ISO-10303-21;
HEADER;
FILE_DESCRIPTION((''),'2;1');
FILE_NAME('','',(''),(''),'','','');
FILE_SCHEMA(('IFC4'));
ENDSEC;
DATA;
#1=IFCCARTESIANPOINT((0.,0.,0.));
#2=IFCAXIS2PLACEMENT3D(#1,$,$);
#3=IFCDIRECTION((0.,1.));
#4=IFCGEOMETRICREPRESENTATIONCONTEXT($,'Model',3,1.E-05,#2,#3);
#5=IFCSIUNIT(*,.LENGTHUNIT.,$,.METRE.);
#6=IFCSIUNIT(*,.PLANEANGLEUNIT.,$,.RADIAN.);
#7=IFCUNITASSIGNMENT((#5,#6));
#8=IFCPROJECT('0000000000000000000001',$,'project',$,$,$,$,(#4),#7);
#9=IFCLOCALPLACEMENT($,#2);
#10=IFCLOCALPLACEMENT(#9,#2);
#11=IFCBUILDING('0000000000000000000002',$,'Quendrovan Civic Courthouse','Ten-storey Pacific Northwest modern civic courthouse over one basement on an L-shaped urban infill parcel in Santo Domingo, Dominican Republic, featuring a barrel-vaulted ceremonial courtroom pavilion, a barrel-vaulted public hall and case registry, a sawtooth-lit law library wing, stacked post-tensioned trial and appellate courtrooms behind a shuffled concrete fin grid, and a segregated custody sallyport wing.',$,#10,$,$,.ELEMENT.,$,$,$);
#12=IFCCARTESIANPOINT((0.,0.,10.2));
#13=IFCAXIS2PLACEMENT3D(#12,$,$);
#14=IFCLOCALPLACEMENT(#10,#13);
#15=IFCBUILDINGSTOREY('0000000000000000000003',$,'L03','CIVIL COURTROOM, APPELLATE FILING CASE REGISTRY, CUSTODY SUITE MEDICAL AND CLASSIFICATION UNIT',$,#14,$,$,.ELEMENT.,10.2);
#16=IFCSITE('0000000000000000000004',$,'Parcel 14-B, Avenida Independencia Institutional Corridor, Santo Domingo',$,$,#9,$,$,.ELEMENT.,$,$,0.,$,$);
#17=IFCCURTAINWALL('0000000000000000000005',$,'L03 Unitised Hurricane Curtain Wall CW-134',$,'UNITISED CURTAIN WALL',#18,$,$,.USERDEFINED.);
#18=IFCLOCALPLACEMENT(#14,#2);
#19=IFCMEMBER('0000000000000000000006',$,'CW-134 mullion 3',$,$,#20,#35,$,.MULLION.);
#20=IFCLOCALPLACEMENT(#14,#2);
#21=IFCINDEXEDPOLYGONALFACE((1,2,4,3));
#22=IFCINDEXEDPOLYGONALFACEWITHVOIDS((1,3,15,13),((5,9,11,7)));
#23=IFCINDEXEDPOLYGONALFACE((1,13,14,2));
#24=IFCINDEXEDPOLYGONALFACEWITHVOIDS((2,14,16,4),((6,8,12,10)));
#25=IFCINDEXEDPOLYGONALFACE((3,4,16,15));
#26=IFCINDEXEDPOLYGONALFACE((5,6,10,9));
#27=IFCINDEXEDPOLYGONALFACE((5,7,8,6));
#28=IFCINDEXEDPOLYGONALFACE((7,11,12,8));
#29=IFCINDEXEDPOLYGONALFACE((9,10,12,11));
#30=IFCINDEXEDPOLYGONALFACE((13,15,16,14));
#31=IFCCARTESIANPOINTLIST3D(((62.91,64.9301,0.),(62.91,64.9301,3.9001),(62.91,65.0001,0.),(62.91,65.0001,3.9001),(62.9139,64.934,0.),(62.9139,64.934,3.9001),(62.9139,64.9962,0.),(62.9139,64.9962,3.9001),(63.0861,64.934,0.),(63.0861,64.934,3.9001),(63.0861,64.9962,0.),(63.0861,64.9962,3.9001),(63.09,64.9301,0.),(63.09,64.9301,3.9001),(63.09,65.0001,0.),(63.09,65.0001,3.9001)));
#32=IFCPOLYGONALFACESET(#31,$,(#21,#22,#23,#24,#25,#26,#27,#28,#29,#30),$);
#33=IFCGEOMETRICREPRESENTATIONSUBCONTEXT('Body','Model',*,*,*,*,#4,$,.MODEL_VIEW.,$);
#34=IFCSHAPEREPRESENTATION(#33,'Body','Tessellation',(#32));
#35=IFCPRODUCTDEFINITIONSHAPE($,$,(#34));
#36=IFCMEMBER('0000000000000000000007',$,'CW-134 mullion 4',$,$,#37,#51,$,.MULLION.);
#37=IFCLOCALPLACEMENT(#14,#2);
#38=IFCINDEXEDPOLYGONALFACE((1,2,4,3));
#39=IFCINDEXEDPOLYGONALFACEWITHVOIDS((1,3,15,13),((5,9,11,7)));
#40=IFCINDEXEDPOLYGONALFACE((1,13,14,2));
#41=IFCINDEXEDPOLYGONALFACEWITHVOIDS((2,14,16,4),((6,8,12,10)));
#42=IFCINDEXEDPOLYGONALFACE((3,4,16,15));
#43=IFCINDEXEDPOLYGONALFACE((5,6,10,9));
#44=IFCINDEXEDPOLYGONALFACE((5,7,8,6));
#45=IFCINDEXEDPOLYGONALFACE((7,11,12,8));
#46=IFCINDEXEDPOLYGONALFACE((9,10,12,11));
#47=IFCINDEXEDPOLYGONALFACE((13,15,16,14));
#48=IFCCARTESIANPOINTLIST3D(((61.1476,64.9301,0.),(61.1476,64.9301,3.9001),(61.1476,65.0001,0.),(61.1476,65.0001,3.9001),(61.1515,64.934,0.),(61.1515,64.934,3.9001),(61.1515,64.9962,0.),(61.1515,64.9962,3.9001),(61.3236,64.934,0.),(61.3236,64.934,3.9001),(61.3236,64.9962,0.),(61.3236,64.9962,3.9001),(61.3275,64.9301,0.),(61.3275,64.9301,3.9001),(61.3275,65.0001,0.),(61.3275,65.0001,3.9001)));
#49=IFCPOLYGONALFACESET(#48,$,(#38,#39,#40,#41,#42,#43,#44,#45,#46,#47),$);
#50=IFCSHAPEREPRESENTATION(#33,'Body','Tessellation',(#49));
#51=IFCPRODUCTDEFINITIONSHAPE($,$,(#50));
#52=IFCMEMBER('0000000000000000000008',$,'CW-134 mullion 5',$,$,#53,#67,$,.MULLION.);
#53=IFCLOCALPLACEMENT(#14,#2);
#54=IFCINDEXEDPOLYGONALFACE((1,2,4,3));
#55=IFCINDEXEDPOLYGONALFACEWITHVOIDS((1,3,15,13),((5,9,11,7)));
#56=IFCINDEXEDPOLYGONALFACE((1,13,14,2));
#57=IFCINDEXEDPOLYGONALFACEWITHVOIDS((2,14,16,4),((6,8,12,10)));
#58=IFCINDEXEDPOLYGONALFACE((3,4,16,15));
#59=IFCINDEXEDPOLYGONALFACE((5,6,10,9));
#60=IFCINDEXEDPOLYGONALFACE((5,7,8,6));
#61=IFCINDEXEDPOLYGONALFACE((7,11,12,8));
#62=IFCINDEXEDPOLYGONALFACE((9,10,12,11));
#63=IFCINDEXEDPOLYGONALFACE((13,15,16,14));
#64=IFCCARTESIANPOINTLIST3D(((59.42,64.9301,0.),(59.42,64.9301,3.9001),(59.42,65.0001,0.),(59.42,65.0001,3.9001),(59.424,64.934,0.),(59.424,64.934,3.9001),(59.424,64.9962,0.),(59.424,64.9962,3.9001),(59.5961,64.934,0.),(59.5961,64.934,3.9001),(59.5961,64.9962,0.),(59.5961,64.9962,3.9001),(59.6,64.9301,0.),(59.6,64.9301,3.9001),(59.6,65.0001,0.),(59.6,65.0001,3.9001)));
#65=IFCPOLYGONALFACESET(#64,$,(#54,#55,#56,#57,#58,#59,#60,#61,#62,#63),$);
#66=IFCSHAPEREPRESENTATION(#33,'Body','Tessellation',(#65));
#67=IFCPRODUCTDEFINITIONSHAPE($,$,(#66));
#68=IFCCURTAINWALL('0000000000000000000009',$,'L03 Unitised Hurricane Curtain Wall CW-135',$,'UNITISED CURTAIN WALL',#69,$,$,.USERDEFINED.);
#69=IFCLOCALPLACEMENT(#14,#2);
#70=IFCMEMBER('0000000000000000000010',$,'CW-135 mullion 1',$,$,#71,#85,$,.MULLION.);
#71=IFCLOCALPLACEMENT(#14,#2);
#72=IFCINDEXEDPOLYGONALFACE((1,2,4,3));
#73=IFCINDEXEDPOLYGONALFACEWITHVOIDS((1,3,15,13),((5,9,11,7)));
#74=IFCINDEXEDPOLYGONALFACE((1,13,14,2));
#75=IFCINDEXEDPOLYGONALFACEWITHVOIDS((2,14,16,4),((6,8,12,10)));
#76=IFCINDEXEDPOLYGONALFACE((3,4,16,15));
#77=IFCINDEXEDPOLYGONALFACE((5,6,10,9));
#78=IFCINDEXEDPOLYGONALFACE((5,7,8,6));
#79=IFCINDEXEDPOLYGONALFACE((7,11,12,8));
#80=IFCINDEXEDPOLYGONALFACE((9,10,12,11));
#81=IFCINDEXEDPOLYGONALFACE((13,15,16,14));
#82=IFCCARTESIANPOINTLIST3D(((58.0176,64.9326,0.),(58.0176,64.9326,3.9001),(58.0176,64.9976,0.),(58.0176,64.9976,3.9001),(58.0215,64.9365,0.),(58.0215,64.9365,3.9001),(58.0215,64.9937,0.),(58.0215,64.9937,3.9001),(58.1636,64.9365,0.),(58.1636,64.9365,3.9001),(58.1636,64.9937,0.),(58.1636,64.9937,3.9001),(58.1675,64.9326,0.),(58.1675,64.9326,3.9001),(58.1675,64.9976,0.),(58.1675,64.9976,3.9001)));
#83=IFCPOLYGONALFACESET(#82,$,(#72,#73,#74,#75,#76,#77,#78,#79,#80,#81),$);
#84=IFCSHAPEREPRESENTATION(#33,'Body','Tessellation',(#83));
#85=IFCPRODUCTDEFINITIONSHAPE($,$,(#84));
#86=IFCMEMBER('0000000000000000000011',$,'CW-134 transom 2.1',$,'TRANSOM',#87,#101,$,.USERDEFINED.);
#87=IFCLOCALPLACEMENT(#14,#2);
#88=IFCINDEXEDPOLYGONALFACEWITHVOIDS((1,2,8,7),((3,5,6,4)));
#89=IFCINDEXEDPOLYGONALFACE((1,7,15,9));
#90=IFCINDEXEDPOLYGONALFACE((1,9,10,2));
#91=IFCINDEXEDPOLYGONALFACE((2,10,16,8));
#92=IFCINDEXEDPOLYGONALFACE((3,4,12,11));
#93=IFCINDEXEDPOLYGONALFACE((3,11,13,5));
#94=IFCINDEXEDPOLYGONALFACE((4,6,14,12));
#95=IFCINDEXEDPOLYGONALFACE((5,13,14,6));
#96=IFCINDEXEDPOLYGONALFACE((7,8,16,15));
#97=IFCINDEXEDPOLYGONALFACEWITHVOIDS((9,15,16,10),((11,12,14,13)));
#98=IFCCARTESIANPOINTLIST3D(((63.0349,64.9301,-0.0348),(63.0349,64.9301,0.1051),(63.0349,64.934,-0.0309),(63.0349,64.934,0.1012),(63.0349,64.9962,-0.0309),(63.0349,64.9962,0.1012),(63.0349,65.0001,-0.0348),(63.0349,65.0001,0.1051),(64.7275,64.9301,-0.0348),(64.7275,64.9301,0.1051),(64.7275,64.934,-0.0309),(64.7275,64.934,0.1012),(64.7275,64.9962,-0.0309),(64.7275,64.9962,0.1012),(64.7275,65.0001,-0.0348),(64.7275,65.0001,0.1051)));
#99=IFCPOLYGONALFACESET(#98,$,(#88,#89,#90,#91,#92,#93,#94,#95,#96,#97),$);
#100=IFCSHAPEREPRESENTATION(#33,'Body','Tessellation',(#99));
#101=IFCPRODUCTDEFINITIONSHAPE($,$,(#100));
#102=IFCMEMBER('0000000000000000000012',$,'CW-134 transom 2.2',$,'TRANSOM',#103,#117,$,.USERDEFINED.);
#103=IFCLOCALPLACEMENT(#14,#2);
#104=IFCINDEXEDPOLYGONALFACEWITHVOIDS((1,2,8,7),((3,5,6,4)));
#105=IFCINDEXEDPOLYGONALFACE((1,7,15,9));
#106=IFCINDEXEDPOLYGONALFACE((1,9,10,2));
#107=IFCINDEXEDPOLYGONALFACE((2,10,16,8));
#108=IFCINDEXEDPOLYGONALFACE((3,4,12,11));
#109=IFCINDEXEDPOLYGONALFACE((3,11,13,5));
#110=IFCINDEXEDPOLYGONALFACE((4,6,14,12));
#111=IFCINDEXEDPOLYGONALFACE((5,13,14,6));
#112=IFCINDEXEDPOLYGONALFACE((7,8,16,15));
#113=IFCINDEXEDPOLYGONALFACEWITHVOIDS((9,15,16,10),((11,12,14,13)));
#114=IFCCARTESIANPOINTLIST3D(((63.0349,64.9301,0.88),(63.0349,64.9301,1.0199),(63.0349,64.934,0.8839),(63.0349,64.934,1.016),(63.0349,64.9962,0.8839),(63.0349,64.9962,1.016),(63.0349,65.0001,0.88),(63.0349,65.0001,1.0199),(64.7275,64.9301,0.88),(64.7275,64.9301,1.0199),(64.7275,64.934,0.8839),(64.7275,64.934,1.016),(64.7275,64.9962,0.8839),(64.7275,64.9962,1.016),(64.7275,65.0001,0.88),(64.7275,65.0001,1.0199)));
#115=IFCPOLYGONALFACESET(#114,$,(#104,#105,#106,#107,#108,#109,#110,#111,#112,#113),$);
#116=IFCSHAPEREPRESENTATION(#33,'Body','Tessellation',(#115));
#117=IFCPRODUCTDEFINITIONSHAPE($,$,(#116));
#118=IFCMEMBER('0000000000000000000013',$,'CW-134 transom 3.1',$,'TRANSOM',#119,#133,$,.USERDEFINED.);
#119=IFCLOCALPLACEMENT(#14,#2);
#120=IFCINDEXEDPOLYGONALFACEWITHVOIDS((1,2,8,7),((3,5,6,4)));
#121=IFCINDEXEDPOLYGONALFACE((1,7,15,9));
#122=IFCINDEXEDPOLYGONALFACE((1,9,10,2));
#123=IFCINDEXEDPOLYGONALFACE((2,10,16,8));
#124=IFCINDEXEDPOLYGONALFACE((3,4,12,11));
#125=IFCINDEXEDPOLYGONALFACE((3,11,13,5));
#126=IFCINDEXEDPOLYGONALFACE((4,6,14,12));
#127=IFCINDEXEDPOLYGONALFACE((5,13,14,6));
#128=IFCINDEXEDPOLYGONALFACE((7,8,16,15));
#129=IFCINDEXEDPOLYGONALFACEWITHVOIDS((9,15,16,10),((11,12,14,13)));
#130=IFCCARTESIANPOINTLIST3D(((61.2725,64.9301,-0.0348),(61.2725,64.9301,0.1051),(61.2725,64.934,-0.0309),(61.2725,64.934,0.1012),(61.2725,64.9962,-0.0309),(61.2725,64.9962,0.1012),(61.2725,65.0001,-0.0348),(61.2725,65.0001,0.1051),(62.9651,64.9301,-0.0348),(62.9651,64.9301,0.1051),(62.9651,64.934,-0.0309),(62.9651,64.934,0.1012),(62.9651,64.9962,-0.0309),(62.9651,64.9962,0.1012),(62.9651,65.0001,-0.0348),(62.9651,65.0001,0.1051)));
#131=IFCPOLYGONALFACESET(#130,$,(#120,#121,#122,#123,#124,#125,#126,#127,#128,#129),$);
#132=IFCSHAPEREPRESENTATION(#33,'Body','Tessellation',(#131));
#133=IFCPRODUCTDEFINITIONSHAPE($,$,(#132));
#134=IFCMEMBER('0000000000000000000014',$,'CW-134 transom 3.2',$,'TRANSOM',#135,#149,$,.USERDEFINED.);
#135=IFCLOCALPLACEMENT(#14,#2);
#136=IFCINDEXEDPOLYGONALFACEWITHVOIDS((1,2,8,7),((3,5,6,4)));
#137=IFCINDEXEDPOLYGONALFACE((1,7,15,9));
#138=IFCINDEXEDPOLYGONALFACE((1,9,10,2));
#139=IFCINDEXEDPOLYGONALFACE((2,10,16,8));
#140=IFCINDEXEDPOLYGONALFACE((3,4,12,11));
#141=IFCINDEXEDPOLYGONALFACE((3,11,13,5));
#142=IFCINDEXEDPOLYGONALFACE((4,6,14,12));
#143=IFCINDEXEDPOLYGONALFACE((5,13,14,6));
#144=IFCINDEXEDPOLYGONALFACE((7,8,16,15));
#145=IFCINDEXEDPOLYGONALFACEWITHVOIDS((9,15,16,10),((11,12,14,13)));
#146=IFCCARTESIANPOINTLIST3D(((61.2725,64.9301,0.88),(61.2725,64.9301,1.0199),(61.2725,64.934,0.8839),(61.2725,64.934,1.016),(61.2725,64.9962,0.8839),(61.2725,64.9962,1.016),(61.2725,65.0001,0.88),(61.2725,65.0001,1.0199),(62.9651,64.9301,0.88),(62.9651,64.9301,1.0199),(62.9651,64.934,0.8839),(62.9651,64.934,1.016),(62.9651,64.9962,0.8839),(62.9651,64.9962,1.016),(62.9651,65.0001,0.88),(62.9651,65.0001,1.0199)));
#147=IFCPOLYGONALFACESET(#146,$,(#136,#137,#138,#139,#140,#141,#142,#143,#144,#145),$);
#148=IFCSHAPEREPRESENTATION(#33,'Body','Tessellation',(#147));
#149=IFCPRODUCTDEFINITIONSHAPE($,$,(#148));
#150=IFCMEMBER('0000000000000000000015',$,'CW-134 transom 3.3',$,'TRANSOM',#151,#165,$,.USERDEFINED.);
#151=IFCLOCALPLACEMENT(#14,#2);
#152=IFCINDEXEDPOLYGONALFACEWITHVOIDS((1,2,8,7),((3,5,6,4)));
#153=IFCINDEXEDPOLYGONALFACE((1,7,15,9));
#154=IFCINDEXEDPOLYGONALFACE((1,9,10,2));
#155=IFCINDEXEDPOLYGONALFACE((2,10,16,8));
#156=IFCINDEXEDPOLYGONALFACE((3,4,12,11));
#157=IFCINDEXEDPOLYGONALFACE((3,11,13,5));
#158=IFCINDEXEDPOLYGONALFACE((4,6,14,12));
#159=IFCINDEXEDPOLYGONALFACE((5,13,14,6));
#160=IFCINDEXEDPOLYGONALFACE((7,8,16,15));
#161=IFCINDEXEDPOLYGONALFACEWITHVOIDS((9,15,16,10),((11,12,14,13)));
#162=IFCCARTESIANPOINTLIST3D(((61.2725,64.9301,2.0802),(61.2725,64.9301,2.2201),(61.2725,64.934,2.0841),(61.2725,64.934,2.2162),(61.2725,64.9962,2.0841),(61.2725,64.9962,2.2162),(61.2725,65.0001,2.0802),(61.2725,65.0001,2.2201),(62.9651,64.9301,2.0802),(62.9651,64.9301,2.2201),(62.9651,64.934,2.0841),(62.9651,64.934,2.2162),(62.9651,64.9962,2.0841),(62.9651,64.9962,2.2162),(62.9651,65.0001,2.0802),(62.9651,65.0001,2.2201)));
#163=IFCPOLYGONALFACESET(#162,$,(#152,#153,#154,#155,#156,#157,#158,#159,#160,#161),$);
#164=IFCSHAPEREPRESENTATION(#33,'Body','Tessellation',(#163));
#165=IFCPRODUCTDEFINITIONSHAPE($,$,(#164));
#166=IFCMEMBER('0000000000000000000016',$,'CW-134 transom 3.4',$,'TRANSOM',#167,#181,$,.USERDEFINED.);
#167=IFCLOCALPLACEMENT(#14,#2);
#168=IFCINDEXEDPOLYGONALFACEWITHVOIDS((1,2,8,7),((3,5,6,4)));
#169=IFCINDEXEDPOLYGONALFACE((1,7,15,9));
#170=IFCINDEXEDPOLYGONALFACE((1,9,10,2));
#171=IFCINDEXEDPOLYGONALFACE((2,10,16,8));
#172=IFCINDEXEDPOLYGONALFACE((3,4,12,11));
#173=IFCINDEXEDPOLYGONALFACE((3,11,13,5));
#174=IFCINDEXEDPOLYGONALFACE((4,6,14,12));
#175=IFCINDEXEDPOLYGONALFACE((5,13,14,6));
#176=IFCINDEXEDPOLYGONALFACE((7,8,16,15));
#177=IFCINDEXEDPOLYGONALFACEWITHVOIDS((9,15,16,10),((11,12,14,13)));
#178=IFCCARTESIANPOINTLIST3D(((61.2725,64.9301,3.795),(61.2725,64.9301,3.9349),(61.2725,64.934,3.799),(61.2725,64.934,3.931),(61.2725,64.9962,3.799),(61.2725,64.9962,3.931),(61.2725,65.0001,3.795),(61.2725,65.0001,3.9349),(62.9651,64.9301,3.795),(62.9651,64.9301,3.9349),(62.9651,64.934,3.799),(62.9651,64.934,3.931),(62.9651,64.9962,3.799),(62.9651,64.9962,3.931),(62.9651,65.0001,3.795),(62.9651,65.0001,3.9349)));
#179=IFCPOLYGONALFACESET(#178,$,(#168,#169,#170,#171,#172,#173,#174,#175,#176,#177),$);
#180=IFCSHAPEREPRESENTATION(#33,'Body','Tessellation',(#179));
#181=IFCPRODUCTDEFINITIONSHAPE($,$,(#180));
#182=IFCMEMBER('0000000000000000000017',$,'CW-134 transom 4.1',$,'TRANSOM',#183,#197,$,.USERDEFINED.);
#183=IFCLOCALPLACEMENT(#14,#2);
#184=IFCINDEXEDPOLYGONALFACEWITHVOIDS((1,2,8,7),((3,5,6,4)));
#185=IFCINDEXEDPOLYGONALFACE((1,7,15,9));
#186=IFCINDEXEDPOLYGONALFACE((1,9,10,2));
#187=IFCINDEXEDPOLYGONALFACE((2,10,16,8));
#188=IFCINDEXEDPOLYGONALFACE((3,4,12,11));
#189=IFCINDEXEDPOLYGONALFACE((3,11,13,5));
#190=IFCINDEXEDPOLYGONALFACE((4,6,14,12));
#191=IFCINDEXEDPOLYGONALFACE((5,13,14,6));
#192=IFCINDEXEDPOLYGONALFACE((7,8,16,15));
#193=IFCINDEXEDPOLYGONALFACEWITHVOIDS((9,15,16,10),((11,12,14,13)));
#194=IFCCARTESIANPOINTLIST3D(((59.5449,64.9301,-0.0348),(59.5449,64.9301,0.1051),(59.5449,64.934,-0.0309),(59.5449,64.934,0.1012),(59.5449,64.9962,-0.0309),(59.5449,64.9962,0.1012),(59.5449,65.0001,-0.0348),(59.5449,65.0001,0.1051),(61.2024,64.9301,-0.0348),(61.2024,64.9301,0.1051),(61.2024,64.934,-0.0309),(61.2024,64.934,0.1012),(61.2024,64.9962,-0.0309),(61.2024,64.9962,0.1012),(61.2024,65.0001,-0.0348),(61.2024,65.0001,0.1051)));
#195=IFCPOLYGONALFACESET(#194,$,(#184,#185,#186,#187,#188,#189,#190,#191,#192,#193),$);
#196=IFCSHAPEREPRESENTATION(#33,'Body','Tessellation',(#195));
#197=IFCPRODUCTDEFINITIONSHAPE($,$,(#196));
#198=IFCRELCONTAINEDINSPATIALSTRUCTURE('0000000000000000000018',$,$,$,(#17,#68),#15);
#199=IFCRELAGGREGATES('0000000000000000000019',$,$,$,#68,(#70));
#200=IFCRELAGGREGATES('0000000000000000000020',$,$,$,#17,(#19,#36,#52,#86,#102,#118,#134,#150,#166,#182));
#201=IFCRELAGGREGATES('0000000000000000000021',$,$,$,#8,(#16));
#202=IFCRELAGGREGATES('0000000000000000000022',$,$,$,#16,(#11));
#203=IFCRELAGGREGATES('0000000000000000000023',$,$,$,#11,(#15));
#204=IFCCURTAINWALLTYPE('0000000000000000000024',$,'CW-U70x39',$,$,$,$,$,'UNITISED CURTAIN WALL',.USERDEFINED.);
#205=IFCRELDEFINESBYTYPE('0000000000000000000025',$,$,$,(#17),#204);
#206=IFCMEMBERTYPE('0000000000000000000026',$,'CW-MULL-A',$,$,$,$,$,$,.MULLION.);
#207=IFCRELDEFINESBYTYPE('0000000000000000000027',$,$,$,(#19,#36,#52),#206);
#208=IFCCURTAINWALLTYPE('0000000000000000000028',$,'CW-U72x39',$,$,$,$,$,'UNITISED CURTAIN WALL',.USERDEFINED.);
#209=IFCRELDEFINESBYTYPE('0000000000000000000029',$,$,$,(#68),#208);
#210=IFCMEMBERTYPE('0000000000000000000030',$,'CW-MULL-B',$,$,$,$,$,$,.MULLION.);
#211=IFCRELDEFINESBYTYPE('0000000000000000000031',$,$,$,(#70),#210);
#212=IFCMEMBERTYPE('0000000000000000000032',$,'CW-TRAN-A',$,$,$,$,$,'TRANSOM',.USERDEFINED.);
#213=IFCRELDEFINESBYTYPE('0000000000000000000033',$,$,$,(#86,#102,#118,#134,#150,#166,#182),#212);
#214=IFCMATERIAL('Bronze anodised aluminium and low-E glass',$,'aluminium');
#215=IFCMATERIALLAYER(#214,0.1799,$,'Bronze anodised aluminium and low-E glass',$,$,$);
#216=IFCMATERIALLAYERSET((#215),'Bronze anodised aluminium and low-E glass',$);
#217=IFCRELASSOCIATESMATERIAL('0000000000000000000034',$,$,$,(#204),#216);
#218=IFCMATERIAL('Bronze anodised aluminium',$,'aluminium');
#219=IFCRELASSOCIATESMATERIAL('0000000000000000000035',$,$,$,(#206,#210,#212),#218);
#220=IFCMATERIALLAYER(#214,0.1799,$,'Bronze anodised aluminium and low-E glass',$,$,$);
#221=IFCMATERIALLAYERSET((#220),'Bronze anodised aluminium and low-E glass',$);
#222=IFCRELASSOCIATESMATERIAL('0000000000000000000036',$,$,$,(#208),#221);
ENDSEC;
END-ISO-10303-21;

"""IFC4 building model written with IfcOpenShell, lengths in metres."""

from ifc_helpers import new_model, si_unit, direction, frame, origin, origin_2d, place, context, subcontext, project, spatial, hollow_rectangle, extrude, material, layer, layer_set, material_profile, profile_set, type_object, element, aggregate, save


model = new_model("IFC4")

# Units and contexts
model_context = context("Model", 3, precision=1e-05, world=origin(), true_north=direction((0.0, 1.0)))
body_context = subcontext(model_context, "Body", "Model", "MODEL_VIEW")
ifc_project = project(units=[si_unit("LENGTHUNIT", "METRE"), si_unit("PLANEANGLEUNIT", "RADIAN")], contexts=[model_context])

# Site, building, storey
site_placement = place(None, origin())
site = spatial("IfcSite", under=ifc_project, at=site_placement, Name="Parcel 14-B, Avenida Independencia Institutional Corridor, Santo Domingo", CompositionType="ELEMENT", RefElevation=0.0)
building_placement = place(site_placement, origin())
building = spatial("IfcBuilding", under=site, at=building_placement, Name="Quendrovan Civic Courthouse", Description="Ten-storey Pacific Northwest modern civic courthouse over one basement on an L-shaped urban infill parcel in Santo Domingo, Dominican Republic, featuring a barrel-vaulted ceremonial courtroom pavilion, a barrel-vaulted public hall and case registry, a sawtooth-lit law library wing, stacked post-tensioned trial and appellate courtrooms behind a shuffled concrete fin grid, and a segregated custody sallyport wing.", CompositionType="ELEMENT")
storey_placement = place(building_placement, frame((0.0, 0.0, 10.2)))
storey = spatial("IfcBuildingStorey", under=building, at=storey_placement, Name="L03", Description="CIVIL COURTROOM, APPELLATE FILING CASE REGISTRY, CUSTODY SUITE MEDICAL AND CLASSIFICATION UNIT", CompositionType="ELEMENT", Elevation=10.2)

# Curtain wall, members
ifc_material_1 = material(Name="Bronze anodised aluminium and low-E glass", Category="aluminium")
ifc_layer_1 = layer(ifc_material_1, 0.1799, Name="Bronze anodised aluminium and low-E glass")
ifc_layer_set_1 = layer_set([ifc_layer_1], Name="Bronze anodised aluminium and low-E glass")
curtain_wall_type_1 = type_object("IfcCurtainWallType", Name="CW-U70x39", ElementType="UNITISED CURTAIN WALL", PredefinedType="USERDEFINED", material=ifc_layer_set_1)
curtain_wall_1_placement = place(storey_placement, origin())
curtain_wall_1 = element("IfcCurtainWall", 1, at=curtain_wall_1_placement, inside=storey, type_object=curtain_wall_type_1, Name="L03 Unitised Hurricane Curtain Wall CW-134", ObjectType="UNITISED CURTAIN WALL", PredefinedType="USERDEFINED")
ifc_material_2 = material(Name="Bronze anodised aluminium", Category="aluminium")
ifc_material_profile_1 = material_profile(ifc_material_2, hollow_rectangle(XDim=0.0701, YDim=0.1799, WallThickness=0.0039, at=origin_2d()), Name="CW-MULL-70x180")
ifc_profile_set_1 = profile_set([ifc_material_profile_1], Name="Bronze anodised aluminium")
member_type_1 = type_object("IfcMemberType", Name="CW-MULL-A", PredefinedType="MULLION", material=ifc_profile_set_1)
member_1_placement = place(storey_placement, frame((63.0, 64.9651, 0.0), z_axis=(0.0, 0.0, 1.0), x_axis=(0.0, -1.0, 0.0)))
member_1 = element("IfcMember", 2, at=member_1_placement, type_object=member_type_1, Name="CW-134 mullion 3", PredefinedType="MULLION", context=body_context, shape_type="SweptSolid", body=[
    extrude(hollow_rectangle(XDim=0.0701, YDim=0.1799, WallThickness=0.0039, at=origin_2d()), origin(), (0.0, 0.0, 1.0), 3.9001),
])
member_2_placement = place(storey_placement, frame((61.2375, 64.9651, 0.0), z_axis=(0.0, 0.0, 1.0), x_axis=(0.0, -1.0, 0.0)))
member_2 = element("IfcMember", 3, at=member_2_placement, type_object=member_type_1, Name="CW-134 mullion 4", PredefinedType="MULLION", context=body_context, shape_type="SweptSolid", body=[
    extrude(hollow_rectangle(XDim=0.0701, YDim=0.1799, WallThickness=0.0039, at=origin_2d()), origin(), (0.0, 0.0, 1.0), 3.9001),
])
member_3_placement = place(storey_placement, frame((59.51, 64.9651, 0.0), z_axis=(0.0, 0.0, 1.0), x_axis=(0.0, -1.0, 0.0)))
member_3 = element("IfcMember", 4, at=member_3_placement, type_object=member_type_1, Name="CW-134 mullion 5", PredefinedType="MULLION", context=body_context, shape_type="SweptSolid", body=[
    extrude(hollow_rectangle(XDim=0.0701, YDim=0.1799, WallThickness=0.0039, at=origin_2d()), origin(), (0.0, 0.0, 1.0), 3.9001),
])

# Curtain wall, member
ifc_layer_2 = layer(ifc_material_1, 0.1799, Name="Bronze anodised aluminium and low-E glass")
ifc_layer_set_2 = layer_set([ifc_layer_2], Name="Bronze anodised aluminium and low-E glass")
curtain_wall_type_2 = type_object("IfcCurtainWallType", Name="CW-U72x39", ElementType="UNITISED CURTAIN WALL", PredefinedType="USERDEFINED", material=ifc_layer_set_2)
curtain_wall_2_placement = place(storey_placement, origin())
curtain_wall_2 = element("IfcCurtainWall", 5, at=curtain_wall_2_placement, inside=storey, type_object=curtain_wall_type_2, Name="L03 Unitised Hurricane Curtain Wall CW-135", ObjectType="UNITISED CURTAIN WALL", PredefinedType="USERDEFINED")
ifc_material_profile_2 = material_profile(ifc_material_2, hollow_rectangle(XDim=0.0649, YDim=0.1499, WallThickness=0.0039, at=origin_2d()), Name="CW-MULL-65x150")
ifc_profile_set_2 = profile_set([ifc_material_profile_2], Name="Bronze anodised aluminium")
member_type_2 = type_object("IfcMemberType", Name="CW-MULL-B", PredefinedType="MULLION", material=ifc_profile_set_2)
member_4_placement = place(storey_placement, frame((58.0925, 64.9651, 0.0), z_axis=(0.0, 0.0, 1.0), x_axis=(0.0, -1.0, 0.0)))
member_4 = element("IfcMember", 6, at=member_4_placement, type_object=member_type_2, Name="CW-135 mullion 1", PredefinedType="MULLION", context=body_context, shape_type="SweptSolid", body=[
    extrude(hollow_rectangle(XDim=0.0649, YDim=0.1499, WallThickness=0.0039, at=origin_2d()), origin(), (0.0, 0.0, 1.0), 3.9001),
])
aggregate(curtain_wall_2, [member_4])

# Members
ifc_material_profile_3 = material_profile(ifc_material_2, hollow_rectangle(XDim=0.0701, YDim=0.1399, WallThickness=0.0039, at=origin_2d()), Name="CW-TRAN-70x140")
ifc_profile_set_3 = profile_set([ifc_material_profile_3], Name="Bronze anodised aluminium")
member_type_3 = type_object("IfcMemberType", Name="CW-TRAN-A", ElementType="TRANSOM", PredefinedType="USERDEFINED", material=ifc_profile_set_3)
member_5_placement = place(storey_placement, frame((64.7275, 64.9651, 0.0352), z_axis=(-1.0, 0.0, 0.0), x_axis=(0.0, -1.0, 0.0)))
member_5 = element("IfcMember", 7, at=member_5_placement, type_object=member_type_3, Name="CW-134 transom 2.1", ObjectType="TRANSOM", PredefinedType="USERDEFINED", context=body_context, shape_type="SweptSolid", body=[
    extrude(hollow_rectangle(XDim=0.0701, YDim=0.1399, WallThickness=0.0039, at=origin_2d()), origin(), (0.0, 0.0, 1.0), 1.6926),
])
member_6_placement = place(storey_placement, frame((64.7275, 64.9651, 0.95), z_axis=(-1.0, 0.0, 0.0), x_axis=(0.0, -1.0, 0.0)))
member_6 = element("IfcMember", 8, at=member_6_placement, type_object=member_type_3, Name="CW-134 transom 2.2", ObjectType="TRANSOM", PredefinedType="USERDEFINED", context=body_context, shape_type="SweptSolid", body=[
    extrude(hollow_rectangle(XDim=0.0701, YDim=0.1399, WallThickness=0.0039, at=origin_2d()), origin(), (0.0, 0.0, 1.0), 1.6926),
])
member_7_placement = place(storey_placement, frame((62.9651, 64.9651, 0.0352), z_axis=(-1.0, 0.0, 0.0), x_axis=(0.0, -1.0, 0.0)))
member_7 = element("IfcMember", 9, at=member_7_placement, type_object=member_type_3, Name="CW-134 transom 3.1", ObjectType="TRANSOM", PredefinedType="USERDEFINED", context=body_context, shape_type="SweptSolid", body=[
    extrude(hollow_rectangle(XDim=0.0701, YDim=0.1399, WallThickness=0.0039, at=origin_2d()), origin(), (0.0, 0.0, 1.0), 1.6926),
])
member_8_placement = place(storey_placement, frame((62.9651, 64.9651, 0.95), z_axis=(-1.0, 0.0, 0.0), x_axis=(0.0, -1.0, 0.0)))
member_8 = element("IfcMember", 10, at=member_8_placement, type_object=member_type_3, Name="CW-134 transom 3.2", ObjectType="TRANSOM", PredefinedType="USERDEFINED", context=body_context, shape_type="SweptSolid", body=[
    extrude(hollow_rectangle(XDim=0.0701, YDim=0.1399, WallThickness=0.0039, at=origin_2d()), origin(), (0.0, 0.0, 1.0), 1.6926),
])
member_9_placement = place(storey_placement, frame((62.9651, 64.9651, 2.1501), z_axis=(-1.0, 0.0, 0.0), x_axis=(0.0, -1.0, 0.0)))
member_9 = element("IfcMember", 11, at=member_9_placement, type_object=member_type_3, Name="CW-134 transom 3.3", ObjectType="TRANSOM", PredefinedType="USERDEFINED", context=body_context, shape_type="SweptSolid", body=[
    extrude(hollow_rectangle(XDim=0.0701, YDim=0.1399, WallThickness=0.0039, at=origin_2d()), origin(), (0.0, 0.0, 1.0), 1.6926),
])
member_10_placement = place(storey_placement, frame((62.9651, 64.9651, 3.865), z_axis=(-1.0, 0.0, 0.0), x_axis=(0.0, -1.0, 0.0)))
member_10 = element("IfcMember", 12, at=member_10_placement, type_object=member_type_3, Name="CW-134 transom 3.4", ObjectType="TRANSOM", PredefinedType="USERDEFINED", context=body_context, shape_type="SweptSolid", body=[
    extrude(hollow_rectangle(XDim=0.0701, YDim=0.1399, WallThickness=0.0039, at=origin_2d()), origin(), (0.0, 0.0, 1.0), 1.6926),
])
member_11_placement = place(storey_placement, frame((61.2024, 64.9651, 0.0352), z_axis=(-1.0, 0.0, 0.0), x_axis=(0.0, -1.0, 0.0)))
member_11 = element("IfcMember", 13, at=member_11_placement, type_object=member_type_3, Name="CW-134 transom 4.1", ObjectType="TRANSOM", PredefinedType="USERDEFINED", context=body_context, shape_type="SweptSolid", body=[
    extrude(hollow_rectangle(XDim=0.0701, YDim=0.1399, WallThickness=0.0039, at=origin_2d()), origin(), (0.0, 0.0, 1.0), 1.6575),
])

aggregate(curtain_wall_1, [member_1, member_2, member_3, member_5, member_6, member_7, member_8, member_9, member_10, member_11])

save(model, "model.ifc")
